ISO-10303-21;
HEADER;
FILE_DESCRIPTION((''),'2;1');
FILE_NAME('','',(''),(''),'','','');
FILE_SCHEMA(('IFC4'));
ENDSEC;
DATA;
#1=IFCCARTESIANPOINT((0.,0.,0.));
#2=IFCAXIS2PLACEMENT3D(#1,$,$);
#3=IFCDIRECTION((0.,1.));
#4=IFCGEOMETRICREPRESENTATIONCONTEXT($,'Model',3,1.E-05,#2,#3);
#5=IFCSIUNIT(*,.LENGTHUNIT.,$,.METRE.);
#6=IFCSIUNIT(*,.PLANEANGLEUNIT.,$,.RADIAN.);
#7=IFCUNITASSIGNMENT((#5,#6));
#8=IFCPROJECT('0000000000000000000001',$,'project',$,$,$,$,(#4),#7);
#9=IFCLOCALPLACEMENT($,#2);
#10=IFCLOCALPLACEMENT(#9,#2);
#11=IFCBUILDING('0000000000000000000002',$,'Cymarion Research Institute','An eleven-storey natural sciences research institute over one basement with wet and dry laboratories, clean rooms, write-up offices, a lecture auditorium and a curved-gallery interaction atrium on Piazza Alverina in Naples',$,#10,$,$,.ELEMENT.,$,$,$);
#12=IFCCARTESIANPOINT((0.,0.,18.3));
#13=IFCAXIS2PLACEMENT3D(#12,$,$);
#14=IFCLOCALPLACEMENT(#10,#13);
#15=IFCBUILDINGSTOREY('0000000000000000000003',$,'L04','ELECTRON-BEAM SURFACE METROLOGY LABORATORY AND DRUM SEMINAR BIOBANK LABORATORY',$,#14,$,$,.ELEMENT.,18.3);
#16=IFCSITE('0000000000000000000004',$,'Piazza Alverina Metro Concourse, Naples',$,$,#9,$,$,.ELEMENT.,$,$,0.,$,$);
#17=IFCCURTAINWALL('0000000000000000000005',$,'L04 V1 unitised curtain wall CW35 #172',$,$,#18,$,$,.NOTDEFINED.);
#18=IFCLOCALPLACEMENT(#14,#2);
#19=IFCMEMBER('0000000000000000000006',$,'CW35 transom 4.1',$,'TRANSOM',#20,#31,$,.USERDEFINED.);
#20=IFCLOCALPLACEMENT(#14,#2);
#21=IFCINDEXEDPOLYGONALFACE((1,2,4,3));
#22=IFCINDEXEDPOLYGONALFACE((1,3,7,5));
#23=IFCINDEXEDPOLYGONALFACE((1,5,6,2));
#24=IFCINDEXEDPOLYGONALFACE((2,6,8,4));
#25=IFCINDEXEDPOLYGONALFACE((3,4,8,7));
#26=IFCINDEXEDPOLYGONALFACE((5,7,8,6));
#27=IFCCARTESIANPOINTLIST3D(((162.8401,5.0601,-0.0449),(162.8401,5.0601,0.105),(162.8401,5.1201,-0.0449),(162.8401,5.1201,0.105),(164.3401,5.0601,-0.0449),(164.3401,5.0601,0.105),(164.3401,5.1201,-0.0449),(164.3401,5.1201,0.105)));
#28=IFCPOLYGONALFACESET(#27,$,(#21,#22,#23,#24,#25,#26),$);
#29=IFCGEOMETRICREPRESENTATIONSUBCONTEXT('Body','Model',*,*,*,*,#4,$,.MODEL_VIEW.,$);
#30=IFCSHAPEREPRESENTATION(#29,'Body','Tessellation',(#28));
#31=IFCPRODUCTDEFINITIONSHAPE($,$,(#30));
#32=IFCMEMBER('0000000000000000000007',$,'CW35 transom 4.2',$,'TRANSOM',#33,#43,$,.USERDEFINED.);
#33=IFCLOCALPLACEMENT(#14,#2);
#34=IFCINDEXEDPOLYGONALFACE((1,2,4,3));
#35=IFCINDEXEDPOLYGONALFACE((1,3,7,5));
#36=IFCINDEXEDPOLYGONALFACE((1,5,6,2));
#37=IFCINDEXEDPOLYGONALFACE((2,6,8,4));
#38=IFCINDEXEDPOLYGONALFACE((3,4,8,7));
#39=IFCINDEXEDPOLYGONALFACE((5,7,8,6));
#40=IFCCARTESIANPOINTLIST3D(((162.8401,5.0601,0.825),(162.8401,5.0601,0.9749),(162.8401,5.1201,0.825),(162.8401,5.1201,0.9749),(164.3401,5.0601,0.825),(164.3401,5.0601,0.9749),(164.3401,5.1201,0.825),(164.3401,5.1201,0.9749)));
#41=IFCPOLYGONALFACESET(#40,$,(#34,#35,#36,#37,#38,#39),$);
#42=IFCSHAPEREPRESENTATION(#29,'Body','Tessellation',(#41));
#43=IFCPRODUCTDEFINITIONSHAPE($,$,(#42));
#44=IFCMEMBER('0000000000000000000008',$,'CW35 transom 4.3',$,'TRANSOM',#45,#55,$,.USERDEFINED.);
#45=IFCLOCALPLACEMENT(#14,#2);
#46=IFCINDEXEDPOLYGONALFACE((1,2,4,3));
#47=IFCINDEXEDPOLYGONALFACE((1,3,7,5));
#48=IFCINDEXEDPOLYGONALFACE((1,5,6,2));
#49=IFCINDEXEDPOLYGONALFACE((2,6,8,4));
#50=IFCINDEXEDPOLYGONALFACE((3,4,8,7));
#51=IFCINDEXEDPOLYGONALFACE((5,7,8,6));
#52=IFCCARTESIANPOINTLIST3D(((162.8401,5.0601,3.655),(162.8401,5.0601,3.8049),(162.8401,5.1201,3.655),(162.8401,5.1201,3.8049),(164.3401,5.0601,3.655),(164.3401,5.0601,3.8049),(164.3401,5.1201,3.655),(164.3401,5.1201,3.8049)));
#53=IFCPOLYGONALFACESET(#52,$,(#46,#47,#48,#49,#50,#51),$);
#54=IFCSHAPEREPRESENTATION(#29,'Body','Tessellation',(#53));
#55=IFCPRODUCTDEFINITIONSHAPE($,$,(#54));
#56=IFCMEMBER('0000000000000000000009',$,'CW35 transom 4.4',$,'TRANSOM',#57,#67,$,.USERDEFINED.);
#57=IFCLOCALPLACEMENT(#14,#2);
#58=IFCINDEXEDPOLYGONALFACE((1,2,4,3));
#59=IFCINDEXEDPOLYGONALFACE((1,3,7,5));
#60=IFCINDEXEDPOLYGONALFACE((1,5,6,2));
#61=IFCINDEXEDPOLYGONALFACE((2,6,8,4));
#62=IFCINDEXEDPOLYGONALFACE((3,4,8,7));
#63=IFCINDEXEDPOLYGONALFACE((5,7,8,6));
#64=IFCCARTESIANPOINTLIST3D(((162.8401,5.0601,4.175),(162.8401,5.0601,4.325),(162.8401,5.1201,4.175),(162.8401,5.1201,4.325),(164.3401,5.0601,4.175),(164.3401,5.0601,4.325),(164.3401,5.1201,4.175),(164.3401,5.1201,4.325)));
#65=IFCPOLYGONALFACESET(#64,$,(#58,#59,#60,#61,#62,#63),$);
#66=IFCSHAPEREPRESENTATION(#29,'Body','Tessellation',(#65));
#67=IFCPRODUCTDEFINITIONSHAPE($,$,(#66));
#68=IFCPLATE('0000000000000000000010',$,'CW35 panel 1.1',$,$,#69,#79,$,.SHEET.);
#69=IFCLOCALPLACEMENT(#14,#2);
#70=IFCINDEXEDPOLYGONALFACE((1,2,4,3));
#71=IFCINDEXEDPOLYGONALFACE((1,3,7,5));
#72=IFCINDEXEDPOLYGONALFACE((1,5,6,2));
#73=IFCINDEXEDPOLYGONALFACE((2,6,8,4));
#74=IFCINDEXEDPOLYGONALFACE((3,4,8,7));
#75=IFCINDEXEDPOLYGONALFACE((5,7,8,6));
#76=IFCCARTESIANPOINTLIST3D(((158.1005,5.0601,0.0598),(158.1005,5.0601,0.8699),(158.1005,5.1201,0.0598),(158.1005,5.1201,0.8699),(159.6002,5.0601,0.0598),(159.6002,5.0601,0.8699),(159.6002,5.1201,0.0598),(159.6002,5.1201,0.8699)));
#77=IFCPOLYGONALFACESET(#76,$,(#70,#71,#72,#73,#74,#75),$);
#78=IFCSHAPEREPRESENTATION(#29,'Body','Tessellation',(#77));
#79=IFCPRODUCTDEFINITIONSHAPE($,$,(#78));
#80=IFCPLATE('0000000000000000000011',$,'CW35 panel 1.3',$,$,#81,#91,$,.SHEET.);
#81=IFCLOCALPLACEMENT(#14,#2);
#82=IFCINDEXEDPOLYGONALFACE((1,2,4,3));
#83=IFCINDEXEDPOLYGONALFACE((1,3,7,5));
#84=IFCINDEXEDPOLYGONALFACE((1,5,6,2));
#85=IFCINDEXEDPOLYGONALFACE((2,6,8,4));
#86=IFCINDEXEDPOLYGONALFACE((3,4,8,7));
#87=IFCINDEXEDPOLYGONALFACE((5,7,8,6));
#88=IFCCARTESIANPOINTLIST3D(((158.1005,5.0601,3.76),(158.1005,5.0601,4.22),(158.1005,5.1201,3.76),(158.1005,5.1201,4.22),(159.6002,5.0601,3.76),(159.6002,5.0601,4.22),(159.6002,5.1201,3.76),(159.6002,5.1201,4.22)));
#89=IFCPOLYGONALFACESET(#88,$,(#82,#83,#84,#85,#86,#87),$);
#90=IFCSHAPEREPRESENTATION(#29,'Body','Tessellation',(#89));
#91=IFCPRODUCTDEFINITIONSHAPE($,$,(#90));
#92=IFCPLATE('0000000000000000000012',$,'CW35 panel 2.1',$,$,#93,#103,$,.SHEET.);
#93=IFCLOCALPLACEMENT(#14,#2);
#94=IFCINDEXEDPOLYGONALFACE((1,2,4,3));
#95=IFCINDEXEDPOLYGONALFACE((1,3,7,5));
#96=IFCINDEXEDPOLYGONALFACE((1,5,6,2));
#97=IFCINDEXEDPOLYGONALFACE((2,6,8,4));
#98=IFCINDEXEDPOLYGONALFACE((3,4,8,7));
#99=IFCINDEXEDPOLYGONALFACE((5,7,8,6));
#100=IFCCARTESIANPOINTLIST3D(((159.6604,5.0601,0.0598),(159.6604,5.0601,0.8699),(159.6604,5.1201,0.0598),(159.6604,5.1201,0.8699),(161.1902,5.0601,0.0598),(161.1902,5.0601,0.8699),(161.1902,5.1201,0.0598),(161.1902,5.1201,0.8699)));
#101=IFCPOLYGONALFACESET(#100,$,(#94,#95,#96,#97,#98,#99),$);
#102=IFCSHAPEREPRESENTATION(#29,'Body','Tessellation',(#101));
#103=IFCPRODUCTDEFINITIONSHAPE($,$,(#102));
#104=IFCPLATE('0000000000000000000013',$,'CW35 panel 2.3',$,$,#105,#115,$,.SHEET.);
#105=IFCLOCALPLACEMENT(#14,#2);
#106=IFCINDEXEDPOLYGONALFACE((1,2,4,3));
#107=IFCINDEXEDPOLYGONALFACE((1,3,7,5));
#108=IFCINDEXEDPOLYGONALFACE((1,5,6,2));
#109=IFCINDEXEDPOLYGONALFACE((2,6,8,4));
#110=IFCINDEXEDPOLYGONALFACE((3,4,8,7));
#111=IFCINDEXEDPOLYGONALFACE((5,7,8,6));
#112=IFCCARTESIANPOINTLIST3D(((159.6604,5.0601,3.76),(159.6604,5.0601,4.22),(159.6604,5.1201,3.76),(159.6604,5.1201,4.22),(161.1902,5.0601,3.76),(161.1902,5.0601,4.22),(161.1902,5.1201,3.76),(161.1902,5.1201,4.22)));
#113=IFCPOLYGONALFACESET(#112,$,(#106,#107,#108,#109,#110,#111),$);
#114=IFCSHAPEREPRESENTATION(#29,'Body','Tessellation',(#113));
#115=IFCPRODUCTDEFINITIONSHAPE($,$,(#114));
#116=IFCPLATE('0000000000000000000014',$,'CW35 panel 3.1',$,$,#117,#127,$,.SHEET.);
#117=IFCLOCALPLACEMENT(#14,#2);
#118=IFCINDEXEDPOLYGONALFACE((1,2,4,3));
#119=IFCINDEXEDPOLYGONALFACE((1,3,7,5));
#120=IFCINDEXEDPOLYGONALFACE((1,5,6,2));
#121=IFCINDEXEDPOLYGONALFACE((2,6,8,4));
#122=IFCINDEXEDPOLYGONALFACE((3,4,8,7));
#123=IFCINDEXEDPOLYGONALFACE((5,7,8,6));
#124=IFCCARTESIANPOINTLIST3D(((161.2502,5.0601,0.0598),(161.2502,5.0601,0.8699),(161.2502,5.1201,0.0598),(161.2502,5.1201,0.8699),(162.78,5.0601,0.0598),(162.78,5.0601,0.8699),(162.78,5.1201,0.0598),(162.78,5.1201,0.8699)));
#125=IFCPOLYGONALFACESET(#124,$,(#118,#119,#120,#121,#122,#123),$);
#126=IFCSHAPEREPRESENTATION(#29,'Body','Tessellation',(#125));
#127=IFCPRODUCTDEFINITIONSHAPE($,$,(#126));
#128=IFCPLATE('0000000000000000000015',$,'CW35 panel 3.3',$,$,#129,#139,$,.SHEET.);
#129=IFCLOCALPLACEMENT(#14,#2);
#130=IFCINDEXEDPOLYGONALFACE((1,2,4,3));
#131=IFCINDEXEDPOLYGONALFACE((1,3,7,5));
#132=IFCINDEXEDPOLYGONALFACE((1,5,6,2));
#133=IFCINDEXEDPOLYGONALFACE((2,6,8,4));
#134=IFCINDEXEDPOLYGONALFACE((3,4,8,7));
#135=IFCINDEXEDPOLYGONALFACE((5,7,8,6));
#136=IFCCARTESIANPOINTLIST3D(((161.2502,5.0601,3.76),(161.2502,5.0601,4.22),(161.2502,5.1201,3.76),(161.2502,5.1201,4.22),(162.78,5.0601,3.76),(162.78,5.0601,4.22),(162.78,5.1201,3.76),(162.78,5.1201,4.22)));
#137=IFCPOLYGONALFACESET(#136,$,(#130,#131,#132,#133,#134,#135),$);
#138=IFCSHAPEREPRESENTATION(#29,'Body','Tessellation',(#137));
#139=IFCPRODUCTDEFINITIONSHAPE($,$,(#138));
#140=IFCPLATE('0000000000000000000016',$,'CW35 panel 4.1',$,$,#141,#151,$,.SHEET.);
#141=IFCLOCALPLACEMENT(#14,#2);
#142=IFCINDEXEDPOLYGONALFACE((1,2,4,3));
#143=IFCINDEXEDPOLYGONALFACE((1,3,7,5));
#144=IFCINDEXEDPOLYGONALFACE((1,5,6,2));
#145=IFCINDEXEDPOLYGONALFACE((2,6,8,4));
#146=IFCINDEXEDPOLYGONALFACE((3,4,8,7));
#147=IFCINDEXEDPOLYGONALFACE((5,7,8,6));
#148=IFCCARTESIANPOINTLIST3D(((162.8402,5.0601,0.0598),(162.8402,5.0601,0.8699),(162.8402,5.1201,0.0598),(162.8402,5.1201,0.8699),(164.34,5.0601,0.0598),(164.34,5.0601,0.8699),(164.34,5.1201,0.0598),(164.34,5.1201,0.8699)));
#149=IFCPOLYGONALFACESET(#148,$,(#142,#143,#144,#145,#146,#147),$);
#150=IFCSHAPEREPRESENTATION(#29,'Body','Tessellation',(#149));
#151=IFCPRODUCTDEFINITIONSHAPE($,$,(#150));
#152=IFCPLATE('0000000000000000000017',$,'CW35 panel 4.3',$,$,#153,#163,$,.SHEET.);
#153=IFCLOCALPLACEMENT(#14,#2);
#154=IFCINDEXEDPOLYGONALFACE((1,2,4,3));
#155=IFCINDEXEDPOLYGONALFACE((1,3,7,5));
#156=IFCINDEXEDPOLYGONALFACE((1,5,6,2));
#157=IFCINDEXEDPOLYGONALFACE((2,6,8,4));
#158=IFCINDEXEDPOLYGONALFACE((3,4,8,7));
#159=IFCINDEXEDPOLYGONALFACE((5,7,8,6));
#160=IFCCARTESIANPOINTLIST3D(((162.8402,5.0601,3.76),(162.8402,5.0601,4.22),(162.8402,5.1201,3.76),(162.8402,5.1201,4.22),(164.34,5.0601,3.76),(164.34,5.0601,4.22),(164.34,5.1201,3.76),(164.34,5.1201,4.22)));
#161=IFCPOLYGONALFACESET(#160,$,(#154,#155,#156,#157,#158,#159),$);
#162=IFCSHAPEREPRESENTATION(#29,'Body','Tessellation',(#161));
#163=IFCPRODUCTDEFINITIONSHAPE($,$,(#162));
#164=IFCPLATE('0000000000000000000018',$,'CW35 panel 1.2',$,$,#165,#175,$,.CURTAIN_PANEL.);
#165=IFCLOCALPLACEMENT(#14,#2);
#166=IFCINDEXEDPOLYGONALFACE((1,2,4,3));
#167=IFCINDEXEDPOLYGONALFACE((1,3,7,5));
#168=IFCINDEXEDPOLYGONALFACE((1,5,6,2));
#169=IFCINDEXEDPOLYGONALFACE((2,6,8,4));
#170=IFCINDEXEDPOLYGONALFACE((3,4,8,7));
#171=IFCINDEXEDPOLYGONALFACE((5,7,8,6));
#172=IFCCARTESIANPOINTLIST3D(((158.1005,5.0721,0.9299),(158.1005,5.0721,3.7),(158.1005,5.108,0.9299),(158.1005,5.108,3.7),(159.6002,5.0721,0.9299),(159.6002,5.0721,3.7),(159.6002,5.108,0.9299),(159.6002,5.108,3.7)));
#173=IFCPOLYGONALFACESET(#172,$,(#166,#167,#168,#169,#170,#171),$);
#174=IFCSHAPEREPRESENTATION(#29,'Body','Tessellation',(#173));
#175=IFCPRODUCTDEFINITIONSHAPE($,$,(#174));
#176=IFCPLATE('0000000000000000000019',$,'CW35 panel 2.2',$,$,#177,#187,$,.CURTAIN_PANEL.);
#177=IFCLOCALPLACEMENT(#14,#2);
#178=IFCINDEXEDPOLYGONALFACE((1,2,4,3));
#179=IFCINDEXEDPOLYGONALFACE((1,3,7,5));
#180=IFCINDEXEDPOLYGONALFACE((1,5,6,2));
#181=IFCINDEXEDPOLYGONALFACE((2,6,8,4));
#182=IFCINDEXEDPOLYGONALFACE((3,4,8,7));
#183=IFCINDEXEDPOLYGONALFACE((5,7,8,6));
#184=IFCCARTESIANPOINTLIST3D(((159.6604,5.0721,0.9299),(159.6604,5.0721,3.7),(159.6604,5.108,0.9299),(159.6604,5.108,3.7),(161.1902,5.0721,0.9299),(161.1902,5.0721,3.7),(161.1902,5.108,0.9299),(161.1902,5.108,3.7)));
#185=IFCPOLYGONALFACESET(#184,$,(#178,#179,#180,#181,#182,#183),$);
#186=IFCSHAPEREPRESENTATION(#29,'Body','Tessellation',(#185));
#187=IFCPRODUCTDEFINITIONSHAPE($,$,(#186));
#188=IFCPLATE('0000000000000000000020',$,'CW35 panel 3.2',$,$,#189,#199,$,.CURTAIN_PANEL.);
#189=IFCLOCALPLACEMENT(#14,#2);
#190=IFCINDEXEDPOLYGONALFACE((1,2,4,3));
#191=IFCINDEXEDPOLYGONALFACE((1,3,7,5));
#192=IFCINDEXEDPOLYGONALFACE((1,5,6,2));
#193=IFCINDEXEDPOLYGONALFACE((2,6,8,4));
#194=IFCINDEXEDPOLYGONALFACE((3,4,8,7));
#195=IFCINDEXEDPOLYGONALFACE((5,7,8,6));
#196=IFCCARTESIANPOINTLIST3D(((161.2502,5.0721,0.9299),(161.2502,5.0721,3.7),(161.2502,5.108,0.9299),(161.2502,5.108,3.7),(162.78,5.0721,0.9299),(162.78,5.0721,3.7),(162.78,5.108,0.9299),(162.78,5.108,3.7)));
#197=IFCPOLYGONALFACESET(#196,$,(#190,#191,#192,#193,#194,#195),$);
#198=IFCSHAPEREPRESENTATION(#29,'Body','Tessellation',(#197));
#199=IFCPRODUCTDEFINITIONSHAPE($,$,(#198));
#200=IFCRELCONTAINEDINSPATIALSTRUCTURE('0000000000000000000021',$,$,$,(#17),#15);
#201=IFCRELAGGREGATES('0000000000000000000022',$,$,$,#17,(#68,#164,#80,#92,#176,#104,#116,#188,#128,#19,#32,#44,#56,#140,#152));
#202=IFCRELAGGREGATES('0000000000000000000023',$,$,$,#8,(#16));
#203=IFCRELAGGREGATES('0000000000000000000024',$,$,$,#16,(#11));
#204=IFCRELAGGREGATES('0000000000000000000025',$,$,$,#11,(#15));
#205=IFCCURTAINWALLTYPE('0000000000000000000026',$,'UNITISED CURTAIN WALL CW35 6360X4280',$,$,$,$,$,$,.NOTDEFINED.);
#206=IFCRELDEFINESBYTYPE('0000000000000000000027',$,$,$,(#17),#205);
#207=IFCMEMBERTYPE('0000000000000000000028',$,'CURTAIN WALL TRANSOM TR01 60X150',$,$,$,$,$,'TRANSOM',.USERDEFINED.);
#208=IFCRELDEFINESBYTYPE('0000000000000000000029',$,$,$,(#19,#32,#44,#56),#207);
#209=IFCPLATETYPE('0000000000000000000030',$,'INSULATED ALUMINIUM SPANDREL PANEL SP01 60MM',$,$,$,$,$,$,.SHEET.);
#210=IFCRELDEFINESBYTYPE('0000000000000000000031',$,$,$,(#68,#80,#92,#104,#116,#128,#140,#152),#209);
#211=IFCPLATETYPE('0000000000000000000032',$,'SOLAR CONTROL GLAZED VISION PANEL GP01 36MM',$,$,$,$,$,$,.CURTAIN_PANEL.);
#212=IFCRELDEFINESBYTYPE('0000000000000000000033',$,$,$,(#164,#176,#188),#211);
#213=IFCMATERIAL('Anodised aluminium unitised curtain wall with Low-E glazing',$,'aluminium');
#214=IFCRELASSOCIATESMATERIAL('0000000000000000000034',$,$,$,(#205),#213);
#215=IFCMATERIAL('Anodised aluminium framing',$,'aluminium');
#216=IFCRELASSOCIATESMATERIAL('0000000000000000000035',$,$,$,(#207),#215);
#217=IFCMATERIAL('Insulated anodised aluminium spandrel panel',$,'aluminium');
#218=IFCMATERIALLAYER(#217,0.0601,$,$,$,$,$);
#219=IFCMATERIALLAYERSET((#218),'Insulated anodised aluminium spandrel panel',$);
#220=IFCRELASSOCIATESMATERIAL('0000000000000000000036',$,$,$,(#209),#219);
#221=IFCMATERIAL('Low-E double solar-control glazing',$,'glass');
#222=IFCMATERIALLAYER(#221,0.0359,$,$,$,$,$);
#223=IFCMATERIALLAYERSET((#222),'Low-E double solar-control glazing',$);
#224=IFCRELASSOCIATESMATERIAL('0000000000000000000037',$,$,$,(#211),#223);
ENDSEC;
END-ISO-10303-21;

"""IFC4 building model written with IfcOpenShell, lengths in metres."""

from ifc_helpers import new_model, si_unit, direction, frame, origin, origin_2d, place, context, subcontext, project, spatial, rectangle, extrude, material, layer, layer_set, material_profile, profile_set, type_object, element, aggregate, save


model = new_model("IFC4")

# Units and contexts
model_context = context("Model", 3, precision=1e-05, world=origin(), true_north=direction((0.0, 1.0)))
body_context = subcontext(model_context, "Body", "Model", "MODEL_VIEW")
ifc_project = project(units=[si_unit("LENGTHUNIT", "METRE"), si_unit("PLANEANGLEUNIT", "RADIAN")], contexts=[model_context])

# Site, building, storey
site_placement = place(None, origin())
site = spatial("IfcSite", under=ifc_project, at=site_placement, Name="Piazza Alverina Metro Concourse, Naples", CompositionType="ELEMENT", RefElevation=0.0)
building_placement = place(site_placement, origin())
building = spatial("IfcBuilding", under=site, at=building_placement, Name="Cymarion Research Institute", Description="An eleven-storey natural sciences research institute over one basement with wet and dry laboratories, clean rooms, write-up offices, a lecture auditorium and a curved-gallery interaction atrium on Piazza Alverina in Naples", CompositionType="ELEMENT")
storey_placement = place(building_placement, frame((0.0, 0.0, 18.3)))
storey = spatial("IfcBuildingStorey", under=building, at=storey_placement, Name="L04", Description="ELECTRON-BEAM SURFACE METROLOGY LABORATORY AND DRUM SEMINAR BIOBANK LABORATORY", CompositionType="ELEMENT", Elevation=18.3)

# Curtain wall, members, plates
ifc_material_1 = material(Name="Anodised aluminium unitised curtain wall with Low-E glazing", Category="aluminium")
curtain_wall_type = type_object("IfcCurtainWallType", Name="UNITISED CURTAIN WALL CW35 6360X4280", PredefinedType="NOTDEFINED", material=ifc_material_1)
curtain_wall_placement = place(storey_placement, origin())
curtain_wall = element("IfcCurtainWall", 1, at=curtain_wall_placement, inside=storey, type_object=curtain_wall_type, Name="L04 V1 unitised curtain wall CW35 #172", PredefinedType="NOTDEFINED")
ifc_material_2 = material(Name="Anodised aluminium framing", Category="aluminium")
ifc_material_profile_1 = material_profile(ifc_material_2, rectangle(XDim=0.0601, YDim=0.1499, at=origin_2d()), Name="ALU TRANSOM 60x150")
ifc_profile_set_1 = profile_set([ifc_material_profile_1], Name="Anodised aluminium framing")
member_type_1 = type_object("IfcMemberType", Name="CURTAIN WALL TRANSOM TR01 60X150", ElementType="TRANSOM", PredefinedType="USERDEFINED", material=ifc_profile_set_1)
member_1_placement = place(storey_placement, frame((162.8401, 5.0901, 0.03), z_axis=(1.0, 0.0, 0.0), x_axis=(0.0, 1.0, 0.0)))
member_1 = element("IfcMember", 2, at=member_1_placement, type_object=member_type_1, Name="CW35 transom 4.1", ObjectType="TRANSOM", PredefinedType="USERDEFINED", context=body_context, shape_type="SweptSolid", body=[
    extrude(rectangle(XDim=0.0601, YDim=0.1499, at=origin_2d()), origin(), (0.0, 0.0, 1.0), 1.5),
])
member_2_placement = place(storey_placement, frame((162.8401, 5.0901, 0.8999), z_axis=(1.0, 0.0, 0.0), x_axis=(0.0, 1.0, 0.0)))
member_2 = element("IfcMember", 3, at=member_2_placement, type_object=member_type_1, Name="CW35 transom 4.2", ObjectType="TRANSOM", PredefinedType="USERDEFINED", context=body_context, shape_type="SweptSolid", body=[
    extrude(rectangle(XDim=0.0601, YDim=0.1499, at=origin_2d()), origin(), (0.0, 0.0, 1.0), 1.5),
])
member_3_placement = place(storey_placement, frame((162.8401, 5.0901, 3.73), z_axis=(1.0, 0.0, 0.0), x_axis=(0.0, 1.0, 0.0)))
member_3 = element("IfcMember", 4, at=member_3_placement, type_object=member_type_1, Name="CW35 transom 4.3", ObjectType="TRANSOM", PredefinedType="USERDEFINED", context=body_context, shape_type="SweptSolid", body=[
    extrude(rectangle(XDim=0.0601, YDim=0.1499, at=origin_2d()), origin(), (0.0, 0.0, 1.0), 1.5),
])
member_4_placement = place(storey_placement, frame((162.8401, 5.0901, 4.25), z_axis=(1.0, 0.0, 0.0), x_axis=(0.0, 1.0, 0.0)))
member_4 = element("IfcMember", 5, at=member_4_placement, type_object=member_type_1, Name="CW35 transom 4.4", ObjectType="TRANSOM", PredefinedType="USERDEFINED", context=body_context, shape_type="SweptSolid", body=[
    extrude(rectangle(XDim=0.0601, YDim=0.1499, at=origin_2d()), origin(), (0.0, 0.0, 1.0), 1.5),
])
ifc_material_3 = material(Name="Insulated anodised aluminium spandrel panel", Category="aluminium")
ifc_layer_1 = layer(ifc_material_3, 0.0601)
ifc_layer_set_1 = layer_set([ifc_layer_1], Name="Insulated anodised aluminium spandrel panel")
plate_type_1 = type_object("IfcPlateType", Name="INSULATED ALUMINIUM SPANDREL PANEL SP01 60MM", PredefinedType="SHEET", material=ifc_layer_set_1)
plate_1_placement = place(storey_placement, frame((158.8503, 5.0901, 0.0598), z_axis=(0.0, 0.0, 1.0), x_axis=(1.0, 0.0, 0.0)))
plate_1 = element("IfcPlate", 6, at=plate_1_placement, type_object=plate_type_1, Name="CW35 panel 1.1", PredefinedType="SHEET", context=body_context, shape_type="SweptSolid", body=[
    extrude(rectangle(XDim=1.4998, YDim=0.0601, at=origin_2d()), origin(), (0.0, 0.0, 1.0), 0.8101),
])
plate_2_placement = place(storey_placement, frame((158.8503, 5.0901, 3.76), z_axis=(0.0, 0.0, 1.0), x_axis=(1.0, 0.0, 0.0)))
plate_2 = element("IfcPlate", 7, at=plate_2_placement, type_object=plate_type_1, Name="CW35 panel 1.3", PredefinedType="SHEET", context=body_context, shape_type="SweptSolid", body=[
    extrude(rectangle(XDim=1.4998, YDim=0.0601, at=origin_2d()), origin(), (0.0, 0.0, 1.0), 0.46),
])
plate_3_placement = place(storey_placement, frame((160.4253, 5.0901, 0.0598), z_axis=(0.0, 0.0, 1.0), x_axis=(1.0, 0.0, 0.0)))
plate_3 = element("IfcPlate", 8, at=plate_3_placement, type_object=plate_type_1, Name="CW35 panel 2.1", PredefinedType="SHEET", context=body_context, shape_type="SweptSolid", body=[
    extrude(rectangle(XDim=1.5298, YDim=0.0601, at=origin_2d()), origin(), (0.0, 0.0, 1.0), 0.8101),
])
plate_4_placement = place(storey_placement, frame((160.4253, 5.0901, 3.76), z_axis=(0.0, 0.0, 1.0), x_axis=(1.0, 0.0, 0.0)))
plate_4 = element("IfcPlate", 9, at=plate_4_placement, type_object=plate_type_1, Name="CW35 panel 2.3", PredefinedType="SHEET", context=body_context, shape_type="SweptSolid", body=[
    extrude(rectangle(XDim=1.5298, YDim=0.0601, at=origin_2d()), origin(), (0.0, 0.0, 1.0), 0.46),
])
plate_5_placement = place(storey_placement, frame((162.0151, 5.0901, 0.0598), z_axis=(0.0, 0.0, 1.0), x_axis=(1.0, 0.0, 0.0)))
plate_5 = element("IfcPlate", 10, at=plate_5_placement, type_object=plate_type_1, Name="CW35 panel 3.1", PredefinedType="SHEET", context=body_context, shape_type="SweptSolid", body=[
    extrude(rectangle(XDim=1.5298, YDim=0.0601, at=origin_2d()), origin(), (0.0, 0.0, 1.0), 0.8101),
])
plate_6_placement = place(storey_placement, frame((162.0151, 5.0901, 3.76), z_axis=(0.0, 0.0, 1.0), x_axis=(1.0, 0.0, 0.0)))
plate_6 = element("IfcPlate", 11, at=plate_6_placement, type_object=plate_type_1, Name="CW35 panel 3.3", PredefinedType="SHEET", context=body_context, shape_type="SweptSolid", body=[
    extrude(rectangle(XDim=1.5298, YDim=0.0601, at=origin_2d()), origin(), (0.0, 0.0, 1.0), 0.46),
])
plate_7_placement = place(storey_placement, frame((163.5901, 5.0901, 0.0598), z_axis=(0.0, 0.0, 1.0), x_axis=(1.0, 0.0, 0.0)))
plate_7 = element("IfcPlate", 12, at=plate_7_placement, type_object=plate_type_1, Name="CW35 panel 4.1", PredefinedType="SHEET", context=body_context, shape_type="SweptSolid", body=[
    extrude(rectangle(XDim=1.4998, YDim=0.0601, at=origin_2d()), origin(), (0.0, 0.0, 1.0), 0.8101),
])
plate_8_placement = place(storey_placement, frame((163.5901, 5.0901, 3.76), z_axis=(0.0, 0.0, 1.0), x_axis=(1.0, 0.0, 0.0)))
plate_8 = element("IfcPlate", 13, at=plate_8_placement, type_object=plate_type_1, Name="CW35 panel 4.3", PredefinedType="SHEET", context=body_context, shape_type="SweptSolid", body=[
    extrude(rectangle(XDim=1.4998, YDim=0.0601, at=origin_2d()), origin(), (0.0, 0.0, 1.0), 0.46),
])
ifc_material_4 = material(Name="Low-E double solar-control glazing", Category="glass")
ifc_layer_2 = layer(ifc_material_4, 0.0359)
ifc_layer_set_2 = layer_set([ifc_layer_2], Name="Low-E double solar-control glazing")
plate_type_2 = type_object("IfcPlateType", Name="SOLAR CONTROL GLAZED VISION PANEL GP01 36MM", PredefinedType="CURTAIN_PANEL", material=ifc_layer_set_2)
plate_9_placement = place(storey_placement, frame((158.8503, 5.0901, 0.9299), z_axis=(0.0, 0.0, 1.0), x_axis=(1.0, 0.0, 0.0)))
plate_9 = element("IfcPlate", 14, at=plate_9_placement, type_object=plate_type_2, Name="CW35 panel 1.2", PredefinedType="CURTAIN_PANEL", context=body_context, shape_type="SweptSolid", body=[
    extrude(rectangle(XDim=1.4998, YDim=0.0359, at=origin_2d()), origin(), (0.0, 0.0, 1.0), 2.77),
])
plate_10_placement = place(storey_placement, frame((160.4253, 5.0901, 0.9299), z_axis=(0.0, 0.0, 1.0), x_axis=(1.0, 0.0, 0.0)))
plate_10 = element("IfcPlate", 15, at=plate_10_placement, type_object=plate_type_2, Name="CW35 panel 2.2", PredefinedType="CURTAIN_PANEL", context=body_context, shape_type="SweptSolid", body=[
    extrude(rectangle(XDim=1.5298, YDim=0.0359, at=origin_2d()), origin(), (0.0, 0.0, 1.0), 2.77),
])
plate_11_placement = place(storey_placement, frame((162.0151, 5.0901, 0.9299), z_axis=(0.0, 0.0, 1.0), x_axis=(1.0, 0.0, 0.0)))
plate_11 = element("IfcPlate", 16, at=plate_11_placement, type_object=plate_type_2, Name="CW35 panel 3.2", PredefinedType="CURTAIN_PANEL", context=body_context, shape_type="SweptSolid", body=[
    extrude(rectangle(XDim=1.5298, YDim=0.0359, at=origin_2d()), origin(), (0.0, 0.0, 1.0), 2.77),
])
aggregate(curtain_wall, [plate_1, plate_9, plate_2, plate_3, plate_10, plate_4, plate_5, plate_11, plate_6, member_1, member_2, member_3, member_4, plate_7, plate_8])

save(model, "model.ifc")
